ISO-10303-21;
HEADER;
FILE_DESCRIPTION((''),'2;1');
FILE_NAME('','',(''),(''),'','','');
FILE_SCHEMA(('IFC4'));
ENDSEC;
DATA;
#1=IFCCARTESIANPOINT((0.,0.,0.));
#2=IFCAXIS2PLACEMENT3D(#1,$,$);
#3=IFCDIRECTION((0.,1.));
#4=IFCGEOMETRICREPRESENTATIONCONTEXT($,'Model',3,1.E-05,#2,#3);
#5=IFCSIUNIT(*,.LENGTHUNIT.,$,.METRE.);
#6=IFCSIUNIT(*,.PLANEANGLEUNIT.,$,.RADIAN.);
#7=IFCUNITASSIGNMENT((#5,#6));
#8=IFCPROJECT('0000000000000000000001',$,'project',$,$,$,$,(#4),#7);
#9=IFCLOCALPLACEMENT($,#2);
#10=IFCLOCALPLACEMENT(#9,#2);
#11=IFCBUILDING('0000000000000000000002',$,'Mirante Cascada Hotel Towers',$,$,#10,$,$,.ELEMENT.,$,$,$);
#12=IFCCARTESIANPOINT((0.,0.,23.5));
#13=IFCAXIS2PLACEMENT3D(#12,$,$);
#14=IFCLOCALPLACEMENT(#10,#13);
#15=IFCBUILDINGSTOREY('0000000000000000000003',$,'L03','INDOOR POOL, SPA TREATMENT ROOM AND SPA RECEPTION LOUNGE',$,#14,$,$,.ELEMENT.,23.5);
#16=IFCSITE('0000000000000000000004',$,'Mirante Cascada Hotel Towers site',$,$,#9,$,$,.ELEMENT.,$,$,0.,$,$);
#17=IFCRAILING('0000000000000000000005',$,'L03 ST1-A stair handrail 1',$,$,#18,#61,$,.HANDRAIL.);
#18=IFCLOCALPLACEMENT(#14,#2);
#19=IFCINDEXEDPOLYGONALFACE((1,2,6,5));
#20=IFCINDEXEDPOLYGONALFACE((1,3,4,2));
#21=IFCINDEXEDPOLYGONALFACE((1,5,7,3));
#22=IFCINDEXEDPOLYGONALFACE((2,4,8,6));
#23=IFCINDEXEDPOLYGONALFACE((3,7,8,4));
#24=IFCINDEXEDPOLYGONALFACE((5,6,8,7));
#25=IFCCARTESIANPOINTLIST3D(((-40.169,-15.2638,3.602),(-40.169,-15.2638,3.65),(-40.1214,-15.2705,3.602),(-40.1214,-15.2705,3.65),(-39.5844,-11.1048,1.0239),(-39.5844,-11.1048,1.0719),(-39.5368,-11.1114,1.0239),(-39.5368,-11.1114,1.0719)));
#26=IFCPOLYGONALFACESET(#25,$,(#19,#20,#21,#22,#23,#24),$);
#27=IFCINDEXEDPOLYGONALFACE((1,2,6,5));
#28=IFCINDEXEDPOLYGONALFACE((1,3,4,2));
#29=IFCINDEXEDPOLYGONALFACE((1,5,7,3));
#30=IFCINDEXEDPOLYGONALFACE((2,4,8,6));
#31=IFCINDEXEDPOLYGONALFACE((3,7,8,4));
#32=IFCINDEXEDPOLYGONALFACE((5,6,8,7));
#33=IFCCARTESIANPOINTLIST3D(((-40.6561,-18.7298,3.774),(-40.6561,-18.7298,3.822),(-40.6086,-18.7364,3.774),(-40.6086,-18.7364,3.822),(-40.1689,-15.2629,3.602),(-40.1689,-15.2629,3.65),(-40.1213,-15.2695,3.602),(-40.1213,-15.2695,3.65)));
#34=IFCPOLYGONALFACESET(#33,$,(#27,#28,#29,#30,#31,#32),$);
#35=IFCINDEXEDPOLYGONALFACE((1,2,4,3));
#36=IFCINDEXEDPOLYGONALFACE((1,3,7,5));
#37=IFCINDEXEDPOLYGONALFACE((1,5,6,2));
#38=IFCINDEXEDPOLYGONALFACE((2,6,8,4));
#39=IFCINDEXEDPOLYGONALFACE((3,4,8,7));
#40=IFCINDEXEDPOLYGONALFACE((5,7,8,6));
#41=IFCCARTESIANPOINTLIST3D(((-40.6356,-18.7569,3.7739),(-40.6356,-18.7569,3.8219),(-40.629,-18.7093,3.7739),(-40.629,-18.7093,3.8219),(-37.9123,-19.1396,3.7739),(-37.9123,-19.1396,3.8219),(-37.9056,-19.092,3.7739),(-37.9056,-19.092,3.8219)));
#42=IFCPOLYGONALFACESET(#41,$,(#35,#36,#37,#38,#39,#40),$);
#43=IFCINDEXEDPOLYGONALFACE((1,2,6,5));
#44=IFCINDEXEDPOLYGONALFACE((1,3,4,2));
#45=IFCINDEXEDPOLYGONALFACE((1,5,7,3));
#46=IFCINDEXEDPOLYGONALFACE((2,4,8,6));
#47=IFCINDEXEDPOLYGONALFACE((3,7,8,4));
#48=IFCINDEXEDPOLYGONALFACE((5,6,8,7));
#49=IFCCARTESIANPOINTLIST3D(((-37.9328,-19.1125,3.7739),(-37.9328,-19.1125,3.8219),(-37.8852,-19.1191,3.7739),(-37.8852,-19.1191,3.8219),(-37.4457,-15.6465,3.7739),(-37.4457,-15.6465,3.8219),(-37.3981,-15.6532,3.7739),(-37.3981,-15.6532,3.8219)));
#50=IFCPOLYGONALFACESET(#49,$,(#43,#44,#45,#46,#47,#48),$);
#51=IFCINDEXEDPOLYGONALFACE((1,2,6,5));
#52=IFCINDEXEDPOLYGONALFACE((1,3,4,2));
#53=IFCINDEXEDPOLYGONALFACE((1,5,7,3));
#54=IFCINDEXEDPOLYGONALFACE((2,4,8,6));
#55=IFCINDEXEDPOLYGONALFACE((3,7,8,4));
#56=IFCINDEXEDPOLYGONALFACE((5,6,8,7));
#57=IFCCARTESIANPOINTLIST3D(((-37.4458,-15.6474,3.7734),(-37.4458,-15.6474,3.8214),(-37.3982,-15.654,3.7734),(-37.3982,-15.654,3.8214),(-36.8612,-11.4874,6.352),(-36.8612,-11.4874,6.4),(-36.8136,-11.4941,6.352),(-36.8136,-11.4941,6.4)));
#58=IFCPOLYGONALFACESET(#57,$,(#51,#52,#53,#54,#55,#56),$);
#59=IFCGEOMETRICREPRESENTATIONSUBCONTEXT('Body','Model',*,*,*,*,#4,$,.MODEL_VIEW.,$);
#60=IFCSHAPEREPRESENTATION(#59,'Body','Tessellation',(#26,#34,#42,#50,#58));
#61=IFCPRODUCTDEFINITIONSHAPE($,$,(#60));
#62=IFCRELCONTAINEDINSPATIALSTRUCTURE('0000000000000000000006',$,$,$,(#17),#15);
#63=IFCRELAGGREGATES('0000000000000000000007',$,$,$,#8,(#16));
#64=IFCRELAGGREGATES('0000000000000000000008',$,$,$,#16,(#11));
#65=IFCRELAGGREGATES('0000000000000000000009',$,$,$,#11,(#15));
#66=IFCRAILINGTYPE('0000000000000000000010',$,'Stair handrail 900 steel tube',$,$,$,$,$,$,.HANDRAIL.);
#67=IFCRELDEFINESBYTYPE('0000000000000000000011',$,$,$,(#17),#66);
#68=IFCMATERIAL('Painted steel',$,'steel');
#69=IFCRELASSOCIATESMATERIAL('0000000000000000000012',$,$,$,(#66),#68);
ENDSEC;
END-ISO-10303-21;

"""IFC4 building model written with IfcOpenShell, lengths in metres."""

from ifc_helpers import new_model, si_unit, direction, frame, origin, origin_2d, place, context, subcontext, project, spatial, rectangle, extrude, material, type_object, element, save


model = new_model("IFC4")

# Units and contexts
model_context = context("Model", 3, precision=1e-05, world=origin(), true_north=direction((0.0, 1.0)))
body_context = subcontext(model_context, "Body", "Model", "MODEL_VIEW")
ifc_project = project(units=[si_unit("LENGTHUNIT", "METRE"), si_unit("PLANEANGLEUNIT", "RADIAN")], contexts=[model_context])

# Site, building, storey
site_placement = place(None, origin())
site = spatial("IfcSite", under=ifc_project, at=site_placement, Name="Mirante Cascada Hotel Towers site", CompositionType="ELEMENT", RefElevation=0.0)
building_placement = place(site_placement, origin())
building = spatial("IfcBuilding", under=site, at=building_placement, Name="Mirante Cascada Hotel Towers", CompositionType="ELEMENT")
storey_placement = place(building_placement, frame((0.0, 0.0, 23.5)))
storey = spatial("IfcBuildingStorey", under=building, at=storey_placement, Name="L03", Description="INDOOR POOL, SPA TREATMENT ROOM AND SPA RECEPTION LOUNGE", CompositionType="ELEMENT", Elevation=23.5)

# Railing
ifc_material_1 = material(Name="Painted steel", Category="steel")
railing_type_1 = type_object("IfcRailingType", Name="Stair handrail 900 steel tube", PredefinedType="HANDRAIL", material=ifc_material_1)
railing_1_placement = place(storey_placement, frame((-39.5606, -11.1081, 0.1719)))
element("IfcRailing", 1, at=railing_1_placement, inside=storey, type_object=railing_type_1, Name="L03 ST1-A stair handrail 1", PredefinedType="HANDRAIL", context=body_context, shape_type="SweptSolid", body=[
    extrude(rectangle(XDim=0.048, YDim=0.048, at=origin_2d()), frame((0.0, 0.0, 0.876), z_axis=(-0.139191, -0.990266, 0.0), x_axis=(0.990266, -0.139191, 0.0)), (0.0, 0.52314, 0.852247), 4.9281),
    extrude(rectangle(XDim=0.048, YDim=0.048, at=origin_2d()), frame((-0.5845, -4.1581, 3.4541), z_axis=(-0.139173, -0.990268, 0.0), x_axis=(0.990268, -0.139173, 0.0)), (0.0, 0.049056, 0.998796), 3.5052),
    extrude(rectangle(XDim=0.048, YDim=0.048, at=origin_2d()), frame((-1.0717, -7.625, 3.626), z_axis=(0.99027, -0.139161, 0.0), x_axis=(0.139161, 0.99027, 0.0)), (0.0, 0.0, 1.0), 2.7501),
    extrude(rectangle(XDim=0.048, YDim=0.048, at=origin_2d()), frame((1.6516, -8.0077, 3.626), z_axis=(0.139173, 0.990268, 0.0), x_axis=(-0.990268, 0.139173, 0.0)), (0.0, 0.0, 1.0), 3.5),
    extrude(rectangle(XDim=0.048, YDim=0.048, at=origin_2d()), frame((2.1386, -4.5426, 3.6255), z_axis=(0.139168, 0.990269, 0.0), x_axis=(-0.990269, 0.139168, 0.0)), (0.0, 0.523141, 0.852246), 4.9291),
])

save(model, "model.ifc")
